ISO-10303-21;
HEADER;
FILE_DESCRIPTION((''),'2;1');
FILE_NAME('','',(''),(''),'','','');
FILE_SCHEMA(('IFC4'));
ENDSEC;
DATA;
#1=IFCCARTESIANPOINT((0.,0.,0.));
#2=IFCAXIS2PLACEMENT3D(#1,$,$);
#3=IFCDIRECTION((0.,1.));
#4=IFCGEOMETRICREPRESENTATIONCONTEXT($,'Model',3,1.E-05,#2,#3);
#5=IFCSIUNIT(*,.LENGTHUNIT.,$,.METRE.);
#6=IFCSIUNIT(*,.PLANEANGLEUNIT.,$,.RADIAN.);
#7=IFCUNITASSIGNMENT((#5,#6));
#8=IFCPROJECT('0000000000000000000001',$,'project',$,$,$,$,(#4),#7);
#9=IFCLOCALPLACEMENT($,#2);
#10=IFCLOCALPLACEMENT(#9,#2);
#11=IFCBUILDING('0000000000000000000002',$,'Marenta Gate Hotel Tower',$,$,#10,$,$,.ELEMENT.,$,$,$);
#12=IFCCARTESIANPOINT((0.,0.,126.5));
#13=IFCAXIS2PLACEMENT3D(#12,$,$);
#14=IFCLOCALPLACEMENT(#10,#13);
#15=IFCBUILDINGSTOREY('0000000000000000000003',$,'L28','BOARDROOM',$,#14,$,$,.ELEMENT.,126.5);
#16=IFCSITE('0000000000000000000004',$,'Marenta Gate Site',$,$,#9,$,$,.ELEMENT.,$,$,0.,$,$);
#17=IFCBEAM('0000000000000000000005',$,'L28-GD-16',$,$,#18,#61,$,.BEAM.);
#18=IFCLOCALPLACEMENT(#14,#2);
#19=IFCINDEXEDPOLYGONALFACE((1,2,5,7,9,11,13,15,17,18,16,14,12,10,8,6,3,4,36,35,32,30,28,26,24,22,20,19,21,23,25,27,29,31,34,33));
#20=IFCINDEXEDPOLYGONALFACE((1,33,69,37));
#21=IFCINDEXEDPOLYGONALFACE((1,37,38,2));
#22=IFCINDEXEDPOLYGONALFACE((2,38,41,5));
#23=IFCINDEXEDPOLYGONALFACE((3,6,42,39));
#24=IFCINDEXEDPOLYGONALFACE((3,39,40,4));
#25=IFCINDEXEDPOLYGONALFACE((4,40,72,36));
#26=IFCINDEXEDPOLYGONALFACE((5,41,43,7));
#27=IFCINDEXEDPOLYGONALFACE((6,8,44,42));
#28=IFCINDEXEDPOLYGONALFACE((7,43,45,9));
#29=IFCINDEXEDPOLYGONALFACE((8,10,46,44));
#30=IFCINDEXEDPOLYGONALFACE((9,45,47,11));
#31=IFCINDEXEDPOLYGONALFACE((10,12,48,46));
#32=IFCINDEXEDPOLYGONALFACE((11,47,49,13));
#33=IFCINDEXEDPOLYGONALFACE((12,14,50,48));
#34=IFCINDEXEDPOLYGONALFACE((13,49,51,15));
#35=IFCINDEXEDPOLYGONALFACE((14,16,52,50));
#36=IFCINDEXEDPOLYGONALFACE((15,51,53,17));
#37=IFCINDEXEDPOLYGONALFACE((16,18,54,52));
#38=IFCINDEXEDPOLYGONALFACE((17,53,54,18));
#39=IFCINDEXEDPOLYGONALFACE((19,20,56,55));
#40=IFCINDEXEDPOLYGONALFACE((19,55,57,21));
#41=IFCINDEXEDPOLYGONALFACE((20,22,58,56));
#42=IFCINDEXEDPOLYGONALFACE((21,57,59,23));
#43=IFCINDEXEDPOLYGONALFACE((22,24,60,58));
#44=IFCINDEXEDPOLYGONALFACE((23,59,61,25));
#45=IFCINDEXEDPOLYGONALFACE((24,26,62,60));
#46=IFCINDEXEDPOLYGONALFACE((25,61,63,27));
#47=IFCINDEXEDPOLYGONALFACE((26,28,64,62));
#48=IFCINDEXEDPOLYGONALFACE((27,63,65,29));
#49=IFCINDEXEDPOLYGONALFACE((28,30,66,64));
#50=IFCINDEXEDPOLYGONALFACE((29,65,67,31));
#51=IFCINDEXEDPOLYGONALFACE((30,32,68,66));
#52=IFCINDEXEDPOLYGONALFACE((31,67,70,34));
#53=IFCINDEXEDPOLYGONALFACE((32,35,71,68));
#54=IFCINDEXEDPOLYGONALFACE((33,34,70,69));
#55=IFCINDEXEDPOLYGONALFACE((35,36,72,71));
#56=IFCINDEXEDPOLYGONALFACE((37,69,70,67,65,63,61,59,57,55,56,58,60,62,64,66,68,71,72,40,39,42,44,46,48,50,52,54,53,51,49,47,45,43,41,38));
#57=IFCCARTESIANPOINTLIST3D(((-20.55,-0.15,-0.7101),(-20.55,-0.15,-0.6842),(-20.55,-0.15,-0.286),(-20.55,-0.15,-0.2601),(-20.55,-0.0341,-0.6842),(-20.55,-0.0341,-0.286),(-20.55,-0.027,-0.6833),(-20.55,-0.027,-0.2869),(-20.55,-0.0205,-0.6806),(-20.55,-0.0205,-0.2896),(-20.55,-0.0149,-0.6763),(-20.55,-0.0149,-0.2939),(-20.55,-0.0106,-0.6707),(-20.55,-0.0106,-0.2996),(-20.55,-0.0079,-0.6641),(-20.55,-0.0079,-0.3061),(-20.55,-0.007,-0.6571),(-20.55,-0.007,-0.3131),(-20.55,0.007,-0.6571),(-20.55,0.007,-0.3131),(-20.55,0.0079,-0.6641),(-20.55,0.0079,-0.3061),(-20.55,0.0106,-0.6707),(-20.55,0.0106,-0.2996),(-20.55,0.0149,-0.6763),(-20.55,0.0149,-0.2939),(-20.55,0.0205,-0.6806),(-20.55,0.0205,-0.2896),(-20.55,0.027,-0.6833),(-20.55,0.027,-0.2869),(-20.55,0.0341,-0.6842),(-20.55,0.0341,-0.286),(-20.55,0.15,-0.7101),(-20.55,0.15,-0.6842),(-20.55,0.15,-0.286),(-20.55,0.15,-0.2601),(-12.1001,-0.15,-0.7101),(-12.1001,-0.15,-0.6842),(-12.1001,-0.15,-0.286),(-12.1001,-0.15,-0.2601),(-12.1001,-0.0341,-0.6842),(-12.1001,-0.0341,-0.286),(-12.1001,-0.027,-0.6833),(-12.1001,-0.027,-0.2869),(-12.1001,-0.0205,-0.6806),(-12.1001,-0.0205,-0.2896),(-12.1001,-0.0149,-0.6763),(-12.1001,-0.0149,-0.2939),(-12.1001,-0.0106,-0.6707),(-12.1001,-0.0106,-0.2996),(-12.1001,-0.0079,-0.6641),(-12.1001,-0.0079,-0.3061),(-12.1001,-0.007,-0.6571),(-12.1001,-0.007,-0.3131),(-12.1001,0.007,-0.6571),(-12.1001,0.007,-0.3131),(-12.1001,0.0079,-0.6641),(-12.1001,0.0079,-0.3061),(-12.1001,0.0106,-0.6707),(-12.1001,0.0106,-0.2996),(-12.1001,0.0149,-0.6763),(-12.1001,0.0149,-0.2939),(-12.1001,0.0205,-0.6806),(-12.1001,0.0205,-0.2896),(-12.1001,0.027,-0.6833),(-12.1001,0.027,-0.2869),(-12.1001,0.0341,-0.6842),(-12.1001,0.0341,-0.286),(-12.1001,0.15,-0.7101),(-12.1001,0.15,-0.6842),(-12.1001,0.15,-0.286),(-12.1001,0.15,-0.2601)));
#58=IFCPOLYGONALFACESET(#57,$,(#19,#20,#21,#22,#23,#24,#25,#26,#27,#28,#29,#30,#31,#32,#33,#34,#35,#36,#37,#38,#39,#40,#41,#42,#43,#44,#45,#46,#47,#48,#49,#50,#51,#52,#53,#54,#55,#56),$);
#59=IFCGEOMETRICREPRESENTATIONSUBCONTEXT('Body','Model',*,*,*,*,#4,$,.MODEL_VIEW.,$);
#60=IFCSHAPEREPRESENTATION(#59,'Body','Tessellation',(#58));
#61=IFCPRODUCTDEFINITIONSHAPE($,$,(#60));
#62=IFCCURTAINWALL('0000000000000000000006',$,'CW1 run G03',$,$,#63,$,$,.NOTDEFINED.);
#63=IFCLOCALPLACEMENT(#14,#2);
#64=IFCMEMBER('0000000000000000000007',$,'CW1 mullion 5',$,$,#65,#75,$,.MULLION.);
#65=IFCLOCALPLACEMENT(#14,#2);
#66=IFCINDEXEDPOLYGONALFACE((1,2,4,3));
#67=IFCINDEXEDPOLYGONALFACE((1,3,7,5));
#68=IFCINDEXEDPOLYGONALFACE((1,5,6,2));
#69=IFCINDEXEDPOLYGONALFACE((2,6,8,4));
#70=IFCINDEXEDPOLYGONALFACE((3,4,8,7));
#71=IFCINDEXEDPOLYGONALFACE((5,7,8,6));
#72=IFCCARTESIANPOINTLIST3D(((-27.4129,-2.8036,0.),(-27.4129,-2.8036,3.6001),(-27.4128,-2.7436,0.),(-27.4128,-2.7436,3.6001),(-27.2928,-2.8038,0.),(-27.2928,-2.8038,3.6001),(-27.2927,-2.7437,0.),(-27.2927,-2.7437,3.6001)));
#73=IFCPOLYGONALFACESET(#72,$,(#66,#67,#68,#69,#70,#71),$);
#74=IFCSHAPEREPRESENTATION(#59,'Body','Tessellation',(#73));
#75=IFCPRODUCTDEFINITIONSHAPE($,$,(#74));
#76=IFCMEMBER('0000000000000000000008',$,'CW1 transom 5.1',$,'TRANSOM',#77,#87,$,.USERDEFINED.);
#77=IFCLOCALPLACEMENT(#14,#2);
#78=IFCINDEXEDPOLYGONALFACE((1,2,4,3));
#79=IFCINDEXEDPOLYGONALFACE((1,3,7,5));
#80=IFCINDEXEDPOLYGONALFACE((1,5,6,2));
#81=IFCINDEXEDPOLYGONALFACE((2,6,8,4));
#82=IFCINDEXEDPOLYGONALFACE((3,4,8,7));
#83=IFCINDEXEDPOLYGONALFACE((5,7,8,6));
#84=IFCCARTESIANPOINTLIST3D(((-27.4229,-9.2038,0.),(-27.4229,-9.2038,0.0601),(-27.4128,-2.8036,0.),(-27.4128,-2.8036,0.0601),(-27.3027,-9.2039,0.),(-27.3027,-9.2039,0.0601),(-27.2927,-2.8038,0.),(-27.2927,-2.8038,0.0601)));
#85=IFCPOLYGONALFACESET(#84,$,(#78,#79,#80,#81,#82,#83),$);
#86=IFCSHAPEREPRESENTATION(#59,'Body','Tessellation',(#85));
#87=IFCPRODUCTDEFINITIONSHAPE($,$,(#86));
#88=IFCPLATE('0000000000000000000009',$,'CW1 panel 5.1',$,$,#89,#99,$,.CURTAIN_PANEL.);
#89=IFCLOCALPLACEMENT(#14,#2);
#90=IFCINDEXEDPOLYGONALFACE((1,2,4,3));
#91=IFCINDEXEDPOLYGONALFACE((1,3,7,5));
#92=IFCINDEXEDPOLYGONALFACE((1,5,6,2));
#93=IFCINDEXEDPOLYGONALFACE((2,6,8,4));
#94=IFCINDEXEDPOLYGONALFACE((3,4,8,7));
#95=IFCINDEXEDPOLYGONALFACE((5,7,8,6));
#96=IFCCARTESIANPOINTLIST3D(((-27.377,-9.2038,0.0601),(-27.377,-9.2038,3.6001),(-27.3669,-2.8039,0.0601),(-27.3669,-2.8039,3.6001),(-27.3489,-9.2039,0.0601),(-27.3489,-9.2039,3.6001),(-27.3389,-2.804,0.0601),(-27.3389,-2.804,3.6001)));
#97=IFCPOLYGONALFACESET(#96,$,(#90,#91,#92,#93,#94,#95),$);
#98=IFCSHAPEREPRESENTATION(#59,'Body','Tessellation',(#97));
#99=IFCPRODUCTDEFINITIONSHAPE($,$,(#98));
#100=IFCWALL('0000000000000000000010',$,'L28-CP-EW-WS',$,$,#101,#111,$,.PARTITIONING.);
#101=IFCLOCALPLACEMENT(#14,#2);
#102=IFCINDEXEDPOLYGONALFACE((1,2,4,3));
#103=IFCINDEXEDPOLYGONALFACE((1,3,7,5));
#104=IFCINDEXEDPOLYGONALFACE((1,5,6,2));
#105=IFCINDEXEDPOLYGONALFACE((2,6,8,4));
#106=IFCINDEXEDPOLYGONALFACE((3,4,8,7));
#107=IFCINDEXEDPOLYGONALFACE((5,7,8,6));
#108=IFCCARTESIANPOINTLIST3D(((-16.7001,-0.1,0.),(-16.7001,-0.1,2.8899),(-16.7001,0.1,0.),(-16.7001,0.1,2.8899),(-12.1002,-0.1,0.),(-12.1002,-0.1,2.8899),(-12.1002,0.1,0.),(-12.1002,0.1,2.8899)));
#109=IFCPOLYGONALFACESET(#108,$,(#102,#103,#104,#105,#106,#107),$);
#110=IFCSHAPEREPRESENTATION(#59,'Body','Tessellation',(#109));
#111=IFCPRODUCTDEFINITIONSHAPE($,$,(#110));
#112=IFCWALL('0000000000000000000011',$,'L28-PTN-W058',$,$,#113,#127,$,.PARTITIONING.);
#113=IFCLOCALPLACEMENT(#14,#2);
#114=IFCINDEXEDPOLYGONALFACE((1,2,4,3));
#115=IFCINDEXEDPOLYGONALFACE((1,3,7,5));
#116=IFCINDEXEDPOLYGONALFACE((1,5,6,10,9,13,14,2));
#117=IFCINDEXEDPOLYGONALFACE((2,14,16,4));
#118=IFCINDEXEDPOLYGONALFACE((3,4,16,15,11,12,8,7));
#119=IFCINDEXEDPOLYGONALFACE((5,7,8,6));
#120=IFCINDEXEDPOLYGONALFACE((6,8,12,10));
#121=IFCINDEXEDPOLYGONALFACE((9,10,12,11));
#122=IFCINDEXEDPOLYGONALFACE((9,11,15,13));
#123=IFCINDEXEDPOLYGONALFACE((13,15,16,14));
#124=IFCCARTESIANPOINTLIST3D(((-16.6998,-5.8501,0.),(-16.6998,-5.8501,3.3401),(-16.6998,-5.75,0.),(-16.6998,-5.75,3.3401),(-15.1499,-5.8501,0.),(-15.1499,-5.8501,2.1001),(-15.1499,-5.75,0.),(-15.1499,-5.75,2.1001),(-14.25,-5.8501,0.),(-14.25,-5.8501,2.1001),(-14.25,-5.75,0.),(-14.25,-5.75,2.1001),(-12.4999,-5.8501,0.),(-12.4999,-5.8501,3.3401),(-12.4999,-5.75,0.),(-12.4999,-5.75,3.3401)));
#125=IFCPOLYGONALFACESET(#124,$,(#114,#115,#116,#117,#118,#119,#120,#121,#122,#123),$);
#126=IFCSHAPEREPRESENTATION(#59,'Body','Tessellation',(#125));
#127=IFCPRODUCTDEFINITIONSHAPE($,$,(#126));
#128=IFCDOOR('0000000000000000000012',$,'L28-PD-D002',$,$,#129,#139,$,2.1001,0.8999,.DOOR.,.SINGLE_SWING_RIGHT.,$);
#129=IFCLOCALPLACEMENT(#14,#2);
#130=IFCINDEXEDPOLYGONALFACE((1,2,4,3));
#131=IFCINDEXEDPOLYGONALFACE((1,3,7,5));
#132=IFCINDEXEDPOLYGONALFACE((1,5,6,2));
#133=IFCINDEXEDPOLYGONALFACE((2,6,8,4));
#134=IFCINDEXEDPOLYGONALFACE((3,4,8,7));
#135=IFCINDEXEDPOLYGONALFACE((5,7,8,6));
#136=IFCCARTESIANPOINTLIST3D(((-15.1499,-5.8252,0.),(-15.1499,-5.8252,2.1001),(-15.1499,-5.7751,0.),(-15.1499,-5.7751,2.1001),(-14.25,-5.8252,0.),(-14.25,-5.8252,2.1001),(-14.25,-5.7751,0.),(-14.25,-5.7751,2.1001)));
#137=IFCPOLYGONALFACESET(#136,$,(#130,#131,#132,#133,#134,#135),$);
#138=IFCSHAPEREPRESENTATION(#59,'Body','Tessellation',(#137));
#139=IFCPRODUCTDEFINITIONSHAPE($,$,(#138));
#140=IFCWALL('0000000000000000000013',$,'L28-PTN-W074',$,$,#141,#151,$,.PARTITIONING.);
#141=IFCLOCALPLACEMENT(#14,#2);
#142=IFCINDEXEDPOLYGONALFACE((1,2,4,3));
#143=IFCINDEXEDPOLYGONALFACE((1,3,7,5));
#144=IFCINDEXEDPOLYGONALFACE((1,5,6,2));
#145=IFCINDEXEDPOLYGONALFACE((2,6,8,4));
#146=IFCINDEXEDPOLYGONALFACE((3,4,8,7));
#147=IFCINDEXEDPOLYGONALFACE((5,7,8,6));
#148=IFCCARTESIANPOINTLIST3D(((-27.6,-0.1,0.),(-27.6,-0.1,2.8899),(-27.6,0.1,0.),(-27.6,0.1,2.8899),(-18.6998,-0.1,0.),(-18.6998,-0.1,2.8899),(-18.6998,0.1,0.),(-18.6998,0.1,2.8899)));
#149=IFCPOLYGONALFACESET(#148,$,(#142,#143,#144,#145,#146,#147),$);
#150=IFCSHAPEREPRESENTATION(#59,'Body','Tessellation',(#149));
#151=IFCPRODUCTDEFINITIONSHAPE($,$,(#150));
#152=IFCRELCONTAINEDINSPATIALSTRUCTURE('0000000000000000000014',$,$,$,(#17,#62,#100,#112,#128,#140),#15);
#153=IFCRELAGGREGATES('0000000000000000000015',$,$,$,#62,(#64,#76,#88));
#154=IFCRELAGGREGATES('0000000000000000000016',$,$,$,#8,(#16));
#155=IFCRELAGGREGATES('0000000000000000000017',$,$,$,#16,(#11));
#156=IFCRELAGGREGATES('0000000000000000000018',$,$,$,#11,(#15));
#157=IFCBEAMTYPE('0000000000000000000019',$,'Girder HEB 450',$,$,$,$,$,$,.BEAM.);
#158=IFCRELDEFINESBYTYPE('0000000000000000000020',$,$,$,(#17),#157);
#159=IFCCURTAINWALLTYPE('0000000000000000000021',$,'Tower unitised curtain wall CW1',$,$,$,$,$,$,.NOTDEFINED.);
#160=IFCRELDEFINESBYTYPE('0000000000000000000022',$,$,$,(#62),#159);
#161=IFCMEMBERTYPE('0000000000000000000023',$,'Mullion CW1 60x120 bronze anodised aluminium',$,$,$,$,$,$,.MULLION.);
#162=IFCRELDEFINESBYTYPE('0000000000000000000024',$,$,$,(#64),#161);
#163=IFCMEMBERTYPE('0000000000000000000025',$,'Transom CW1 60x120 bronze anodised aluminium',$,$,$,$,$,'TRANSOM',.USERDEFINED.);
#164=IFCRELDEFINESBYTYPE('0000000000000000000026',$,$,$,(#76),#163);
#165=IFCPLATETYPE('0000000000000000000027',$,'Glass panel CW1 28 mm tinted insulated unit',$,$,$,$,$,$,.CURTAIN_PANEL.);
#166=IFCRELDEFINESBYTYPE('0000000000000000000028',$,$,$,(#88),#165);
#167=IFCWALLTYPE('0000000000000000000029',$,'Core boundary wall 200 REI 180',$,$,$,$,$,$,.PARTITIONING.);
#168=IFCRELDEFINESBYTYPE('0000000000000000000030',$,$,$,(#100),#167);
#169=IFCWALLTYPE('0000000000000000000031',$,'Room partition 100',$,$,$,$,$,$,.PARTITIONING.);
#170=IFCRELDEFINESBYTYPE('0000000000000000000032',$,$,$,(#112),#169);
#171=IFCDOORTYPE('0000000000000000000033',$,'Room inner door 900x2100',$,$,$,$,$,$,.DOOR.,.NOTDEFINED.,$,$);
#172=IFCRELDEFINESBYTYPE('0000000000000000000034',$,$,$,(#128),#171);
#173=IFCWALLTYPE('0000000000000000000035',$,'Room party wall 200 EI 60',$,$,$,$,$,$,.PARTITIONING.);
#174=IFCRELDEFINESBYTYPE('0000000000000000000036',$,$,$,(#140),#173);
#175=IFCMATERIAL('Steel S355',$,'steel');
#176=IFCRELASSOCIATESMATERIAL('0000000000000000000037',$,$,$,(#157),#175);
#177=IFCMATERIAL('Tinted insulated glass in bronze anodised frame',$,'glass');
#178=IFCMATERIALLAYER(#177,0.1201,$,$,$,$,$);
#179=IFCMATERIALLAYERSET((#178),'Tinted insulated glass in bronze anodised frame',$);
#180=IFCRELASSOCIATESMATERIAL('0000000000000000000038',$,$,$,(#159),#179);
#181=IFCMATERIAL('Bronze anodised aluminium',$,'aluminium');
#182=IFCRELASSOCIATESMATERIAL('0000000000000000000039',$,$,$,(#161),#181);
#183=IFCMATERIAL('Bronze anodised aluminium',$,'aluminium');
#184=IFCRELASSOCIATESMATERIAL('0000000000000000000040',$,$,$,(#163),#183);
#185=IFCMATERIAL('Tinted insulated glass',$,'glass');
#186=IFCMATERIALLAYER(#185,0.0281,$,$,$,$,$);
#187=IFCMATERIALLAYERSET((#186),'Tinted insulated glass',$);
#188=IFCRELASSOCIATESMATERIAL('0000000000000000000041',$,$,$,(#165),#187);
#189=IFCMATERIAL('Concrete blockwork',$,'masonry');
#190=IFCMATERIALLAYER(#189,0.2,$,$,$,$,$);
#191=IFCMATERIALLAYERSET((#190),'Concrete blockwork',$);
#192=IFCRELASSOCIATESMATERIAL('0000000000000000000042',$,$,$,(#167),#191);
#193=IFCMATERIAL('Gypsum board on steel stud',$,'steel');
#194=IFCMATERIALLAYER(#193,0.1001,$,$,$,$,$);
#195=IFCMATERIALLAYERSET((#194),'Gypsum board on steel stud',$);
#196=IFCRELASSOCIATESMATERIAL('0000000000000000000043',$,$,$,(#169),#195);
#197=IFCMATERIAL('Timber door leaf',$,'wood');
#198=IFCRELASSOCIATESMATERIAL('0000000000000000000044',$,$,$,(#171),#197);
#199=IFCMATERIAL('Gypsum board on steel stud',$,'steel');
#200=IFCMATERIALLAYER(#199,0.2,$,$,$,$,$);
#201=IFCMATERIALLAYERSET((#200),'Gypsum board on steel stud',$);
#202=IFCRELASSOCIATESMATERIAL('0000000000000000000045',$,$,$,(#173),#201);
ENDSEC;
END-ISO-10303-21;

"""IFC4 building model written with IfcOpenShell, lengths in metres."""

from ifc_helpers import new_model, si_unit, direction, frame, frame_2d, origin, origin_2d, place, context, subcontext, project, spatial, rectangle, i_section, extrude, material, layer, layer_set, material_profile, profile_set, type_object, element, fill, aggregate, save


model = new_model("IFC4")

# Units and contexts
model_context = context("Model", 3, precision=1e-05, world=origin(), true_north=direction((0.0, 1.0)))
body_context = subcontext(model_context, "Body", "Model", "MODEL_VIEW")
ifc_project = project(units=[si_unit("LENGTHUNIT", "METRE"), si_unit("PLANEANGLEUNIT", "RADIAN")], contexts=[model_context])

# Site, building, storey
site_placement = place(None, origin())
site = spatial("IfcSite", under=ifc_project, at=site_placement, Name="Marenta Gate Site", CompositionType="ELEMENT", RefElevation=0.0)
building_placement = place(site_placement, origin())
building = spatial("IfcBuilding", under=site, at=building_placement, Name="Marenta Gate Hotel Tower", CompositionType="ELEMENT")
storey_placement = place(building_placement, frame((0.0, 0.0, 126.5)))
storey = spatial("IfcBuildingStorey", under=building, at=storey_placement, Name="L28", Description="BOARDROOM", CompositionType="ELEMENT", Elevation=126.5)

# Beam
ifc_material_1 = material(Name="Steel S355", Category="steel")
ifc_material_profile_1 = material_profile(ifc_material_1, i_section(OverallWidth=0.3, OverallDepth=0.45, WebThickness=0.0139, FlangeThickness=0.0259, FilletRadius=0.0271, at=origin_2d()), Name="HEB 450")
ifc_profile_set_1 = profile_set([ifc_material_profile_1], Name="Steel S355")
beam_type_1 = type_object("IfcBeamType", Name="Girder HEB 450", PredefinedType="BEAM", material=ifc_profile_set_1)
beam_1_placement = place(storey_placement, frame((-20.55, 0.0, -0.4851), z_axis=(1.0, 0.0, 0.0), x_axis=(0.0, 1.0, 0.0)))
element("IfcBeam", 1, at=beam_1_placement, inside=storey, type_object=beam_type_1, Name="L28-GD-16", PredefinedType="BEAM", context=body_context, shape_type="SweptSolid", body=[
    extrude(i_section(OverallWidth=0.3, OverallDepth=0.45, WebThickness=0.0139, FlangeThickness=0.0259, FilletRadius=0.0271, at=origin_2d()), origin(), (0.0, 0.0, 1.0), 8.45),
])

# Curtain wall, members, plate
ifc_material_2 = material(Name="Tinted insulated glass in bronze anodised frame", Category="glass")
ifc_layer_1 = layer(ifc_material_2, 0.1201)
ifc_layer_set_1 = layer_set([ifc_layer_1], Name="Tinted insulated glass in bronze anodised frame")
curtain_wall_type = type_object("IfcCurtainWallType", Name="Tower unitised curtain wall CW1", PredefinedType="NOTDEFINED", material=ifc_layer_set_1)
curtain_wall_placement = place(storey_placement, origin())
curtain_wall = element("IfcCurtainWall", 2, at=curtain_wall_placement, inside=storey, type_object=curtain_wall_type, Name="CW1 run G03", PredefinedType="NOTDEFINED")
ifc_material_3 = material(Name="Bronze anodised aluminium", Category="aluminium")
ifc_material_profile_2 = material_profile(ifc_material_3, rectangle(XDim=0.1201, YDim=0.0601, at=origin_2d()), Name="Mullion CW1 60x120 bronze anodised aluminium")
ifc_profile_set_2 = profile_set([ifc_material_profile_2], Name="Bronze anodised aluminium")
member_type_1 = type_object("IfcMemberType", Name="Mullion CW1 60x120 bronze anodised aluminium", PredefinedType="MULLION", material=ifc_profile_set_2)
member_1_placement = place(storey_placement, frame((-27.3528, -2.7737, 0.0), z_axis=(0.0, 0.0, 1.0), x_axis=(0.999999, -0.001566, 0.0)))
member_1 = element("IfcMember", 3, at=member_1_placement, type_object=member_type_1, Name="CW1 mullion 5", PredefinedType="MULLION", context=body_context, shape_type="SweptSolid", body=[
    extrude(rectangle(XDim=0.1201, YDim=0.0601, at=origin_2d()), origin(), (0.0, 0.0, 1.0), 3.6001),
])
ifc_material_4 = material(Name="Bronze anodised aluminium", Category="aluminium")
ifc_material_profile_3 = material_profile(ifc_material_4, rectangle(XDim=0.1201, YDim=0.0601, at=origin_2d()), Name="Transom CW1 60x120 bronze anodised aluminium")
ifc_profile_set_3 = profile_set([ifc_material_profile_3], Name="Bronze anodised aluminium")
member_type_2 = type_object("IfcMemberType", Name="Transom CW1 60x120 bronze anodised aluminium", ElementType="TRANSOM", PredefinedType="USERDEFINED", material=ifc_profile_set_3)
member_2_placement = place(storey_placement, frame((-27.3528, -2.8037, 0.03), z_axis=(-0.001564, -0.999999, 0.0), x_axis=(0.999999, -0.001564, 0.0)))
member_2 = element("IfcMember", 4, at=member_2_placement, type_object=member_type_2, Name="CW1 transom 5.1", ObjectType="TRANSOM", PredefinedType="USERDEFINED", context=body_context, shape_type="SweptSolid", body=[
    extrude(rectangle(XDim=0.1201, YDim=0.0601, at=origin_2d()), origin(), (0.0, 0.0, 1.0), 6.4001),
])
ifc_material_5 = material(Name="Tinted insulated glass", Category="glass")
ifc_layer_2 = layer(ifc_material_5, 0.0281)
ifc_layer_set_2 = layer_set([ifc_layer_2], Name="Tinted insulated glass")
plate_type = type_object("IfcPlateType", Name="Glass panel CW1 28 mm tinted insulated unit", PredefinedType="CURTAIN_PANEL", material=ifc_layer_set_2)
plate_placement = place(storey_placement, frame((-27.3579, -6.0039, 0.0601), z_axis=(0.0, 0.0, 1.0), x_axis=(-0.001566, -0.999999, 0.0)))
plate = element("IfcPlate", 5, at=plate_placement, type_object=plate_type, Name="CW1 panel 5.1", PredefinedType="CURTAIN_PANEL", context=body_context, shape_type="SweptSolid", body=[
    extrude(rectangle(XDim=6.3999, YDim=0.0281, at=origin_2d()), origin(), (0.0, 0.0, 1.0), 3.54),
])
aggregate(curtain_wall, [member_1, member_2, plate])

# Shared definitions
ifc_material_6 = material(Name="Concrete blockwork", Category="masonry")
ifc_layer_3 = layer(ifc_material_6, 0.2)
ifc_layer_set_3 = layer_set([ifc_layer_3], Name="Concrete blockwork")
wall_type_1 = type_object("IfcWallType", Name="Core boundary wall 200 REI 180", PredefinedType="PARTITIONING", material=ifc_layer_set_3)

# Wall
wall_1_placement = place(storey_placement, frame((-16.7, 0.0, 0.0), z_axis=(0.0, 0.0, 1.0), x_axis=(1.0, 0.0, 0.0)))
element("IfcWall", 6, at=wall_1_placement, inside=storey, type_object=wall_type_1, Name="L28-CP-EW-WS", PredefinedType="PARTITIONING", context=body_context, shape_type="SweptSolid", body=[
    extrude(rectangle(XDim=4.5999, YDim=0.2, at=frame_2d((2.2998, 0.0))), origin(), (0.0, 0.0, 1.0), 2.8899),
])

# Wall, opening, door
ifc_material_7 = material(Name="Gypsum board on steel stud", Category="steel")
ifc_layer_4 = layer(ifc_material_7, 0.1001)
ifc_layer_set_4 = layer_set([ifc_layer_4], Name="Gypsum board on steel stud")
wall_type_2 = type_object("IfcWallType", Name="Room partition 100", PredefinedType="PARTITIONING", material=ifc_layer_set_4)
wall_2_placement = place(storey_placement, frame((-16.7, -5.8, 0.0), z_axis=(0.0, 0.0, 1.0), x_axis=(1.0, 0.0, 0.0)))
wall_2 = element("IfcWall", 7, at=wall_2_placement, inside=storey, type_object=wall_type_2, Name="L28-PTN-W058", PredefinedType="PARTITIONING", context=body_context, shape_type="SweptSolid", body=[
    extrude(rectangle(XDim=4.2, YDim=0.1001, at=frame_2d((2.1001, 0.0))), origin(), (0.0, 0.0, 1.0), 3.3401),
])
opening_1_placement = place(wall_2_placement, frame((1.55, 0.0, 0.0)))
opening_1 = element("IfcOpeningElement", 8, at=opening_1_placement, cuts=wall_2, PredefinedType="OPENING", context=body_context, shape_type="SweptSolid", body=[
    extrude(rectangle(XDim=0.8999, YDim=2.1001, at=frame_2d((0.45, 1.05))), frame((0.0, 0.05, 0.0), z_axis=(0.0, -1.0, 0.0), x_axis=(1.0, 0.0, 0.0)), (0.0, 0.0, 1.0), 0.1001),
])
ifc_material_8 = material(Name="Timber door leaf", Category="wood")
door_type_1 = type_object("IfcDoorType", Name="Room inner door 900x2100", OperationType="NOTDEFINED", PredefinedType="DOOR", material=ifc_material_8)
door_1_placement = place(opening_1_placement, origin())
door_1 = element("IfcDoor", 9, at=door_1_placement, inside=storey, type_object=door_type_1, Name="L28-PD-D002", OperationType="SINGLE_SWING_RIGHT", OverallHeight=2.1001, OverallWidth=0.8999, PredefinedType="DOOR", context=body_context, shape_type="SweptSolid", body=[
    extrude(rectangle(XDim=0.8999, YDim=2.1001, at=frame_2d((0.45, 1.05))), frame((0.0, 0.0249, 0.0), z_axis=(0.0, -1.0, 0.0), x_axis=(1.0, 0.0, 0.0)), (0.0, 0.0, 1.0), 0.05),
])
fill(opening_1, door_1)

# Wall
ifc_material_9 = material(Name="Gypsum board on steel stud", Category="steel")
ifc_layer_5 = layer(ifc_material_9, 0.2)
ifc_layer_set_5 = layer_set([ifc_layer_5], Name="Gypsum board on steel stud")
wall_type_3 = type_object("IfcWallType", Name="Room party wall 200 EI 60", PredefinedType="PARTITIONING", material=ifc_layer_set_5)
wall_3_placement = place(storey_placement, frame((-27.6001, 0.0, 0.0), z_axis=(0.0, 0.0, 1.0), x_axis=(1.0, 0.0, 0.0)))
element("IfcWall", 10, at=wall_3_placement, inside=storey, type_object=wall_type_3, Name="L28-PTN-W074", PredefinedType="PARTITIONING", context=body_context, shape_type="SweptSolid", body=[
    extrude(rectangle(XDim=8.9001, YDim=0.2, at=frame_2d((4.4502, 0.0))), origin(), (0.0, 0.0, 1.0), 2.8899),
])

save(model, "model.ifc")
